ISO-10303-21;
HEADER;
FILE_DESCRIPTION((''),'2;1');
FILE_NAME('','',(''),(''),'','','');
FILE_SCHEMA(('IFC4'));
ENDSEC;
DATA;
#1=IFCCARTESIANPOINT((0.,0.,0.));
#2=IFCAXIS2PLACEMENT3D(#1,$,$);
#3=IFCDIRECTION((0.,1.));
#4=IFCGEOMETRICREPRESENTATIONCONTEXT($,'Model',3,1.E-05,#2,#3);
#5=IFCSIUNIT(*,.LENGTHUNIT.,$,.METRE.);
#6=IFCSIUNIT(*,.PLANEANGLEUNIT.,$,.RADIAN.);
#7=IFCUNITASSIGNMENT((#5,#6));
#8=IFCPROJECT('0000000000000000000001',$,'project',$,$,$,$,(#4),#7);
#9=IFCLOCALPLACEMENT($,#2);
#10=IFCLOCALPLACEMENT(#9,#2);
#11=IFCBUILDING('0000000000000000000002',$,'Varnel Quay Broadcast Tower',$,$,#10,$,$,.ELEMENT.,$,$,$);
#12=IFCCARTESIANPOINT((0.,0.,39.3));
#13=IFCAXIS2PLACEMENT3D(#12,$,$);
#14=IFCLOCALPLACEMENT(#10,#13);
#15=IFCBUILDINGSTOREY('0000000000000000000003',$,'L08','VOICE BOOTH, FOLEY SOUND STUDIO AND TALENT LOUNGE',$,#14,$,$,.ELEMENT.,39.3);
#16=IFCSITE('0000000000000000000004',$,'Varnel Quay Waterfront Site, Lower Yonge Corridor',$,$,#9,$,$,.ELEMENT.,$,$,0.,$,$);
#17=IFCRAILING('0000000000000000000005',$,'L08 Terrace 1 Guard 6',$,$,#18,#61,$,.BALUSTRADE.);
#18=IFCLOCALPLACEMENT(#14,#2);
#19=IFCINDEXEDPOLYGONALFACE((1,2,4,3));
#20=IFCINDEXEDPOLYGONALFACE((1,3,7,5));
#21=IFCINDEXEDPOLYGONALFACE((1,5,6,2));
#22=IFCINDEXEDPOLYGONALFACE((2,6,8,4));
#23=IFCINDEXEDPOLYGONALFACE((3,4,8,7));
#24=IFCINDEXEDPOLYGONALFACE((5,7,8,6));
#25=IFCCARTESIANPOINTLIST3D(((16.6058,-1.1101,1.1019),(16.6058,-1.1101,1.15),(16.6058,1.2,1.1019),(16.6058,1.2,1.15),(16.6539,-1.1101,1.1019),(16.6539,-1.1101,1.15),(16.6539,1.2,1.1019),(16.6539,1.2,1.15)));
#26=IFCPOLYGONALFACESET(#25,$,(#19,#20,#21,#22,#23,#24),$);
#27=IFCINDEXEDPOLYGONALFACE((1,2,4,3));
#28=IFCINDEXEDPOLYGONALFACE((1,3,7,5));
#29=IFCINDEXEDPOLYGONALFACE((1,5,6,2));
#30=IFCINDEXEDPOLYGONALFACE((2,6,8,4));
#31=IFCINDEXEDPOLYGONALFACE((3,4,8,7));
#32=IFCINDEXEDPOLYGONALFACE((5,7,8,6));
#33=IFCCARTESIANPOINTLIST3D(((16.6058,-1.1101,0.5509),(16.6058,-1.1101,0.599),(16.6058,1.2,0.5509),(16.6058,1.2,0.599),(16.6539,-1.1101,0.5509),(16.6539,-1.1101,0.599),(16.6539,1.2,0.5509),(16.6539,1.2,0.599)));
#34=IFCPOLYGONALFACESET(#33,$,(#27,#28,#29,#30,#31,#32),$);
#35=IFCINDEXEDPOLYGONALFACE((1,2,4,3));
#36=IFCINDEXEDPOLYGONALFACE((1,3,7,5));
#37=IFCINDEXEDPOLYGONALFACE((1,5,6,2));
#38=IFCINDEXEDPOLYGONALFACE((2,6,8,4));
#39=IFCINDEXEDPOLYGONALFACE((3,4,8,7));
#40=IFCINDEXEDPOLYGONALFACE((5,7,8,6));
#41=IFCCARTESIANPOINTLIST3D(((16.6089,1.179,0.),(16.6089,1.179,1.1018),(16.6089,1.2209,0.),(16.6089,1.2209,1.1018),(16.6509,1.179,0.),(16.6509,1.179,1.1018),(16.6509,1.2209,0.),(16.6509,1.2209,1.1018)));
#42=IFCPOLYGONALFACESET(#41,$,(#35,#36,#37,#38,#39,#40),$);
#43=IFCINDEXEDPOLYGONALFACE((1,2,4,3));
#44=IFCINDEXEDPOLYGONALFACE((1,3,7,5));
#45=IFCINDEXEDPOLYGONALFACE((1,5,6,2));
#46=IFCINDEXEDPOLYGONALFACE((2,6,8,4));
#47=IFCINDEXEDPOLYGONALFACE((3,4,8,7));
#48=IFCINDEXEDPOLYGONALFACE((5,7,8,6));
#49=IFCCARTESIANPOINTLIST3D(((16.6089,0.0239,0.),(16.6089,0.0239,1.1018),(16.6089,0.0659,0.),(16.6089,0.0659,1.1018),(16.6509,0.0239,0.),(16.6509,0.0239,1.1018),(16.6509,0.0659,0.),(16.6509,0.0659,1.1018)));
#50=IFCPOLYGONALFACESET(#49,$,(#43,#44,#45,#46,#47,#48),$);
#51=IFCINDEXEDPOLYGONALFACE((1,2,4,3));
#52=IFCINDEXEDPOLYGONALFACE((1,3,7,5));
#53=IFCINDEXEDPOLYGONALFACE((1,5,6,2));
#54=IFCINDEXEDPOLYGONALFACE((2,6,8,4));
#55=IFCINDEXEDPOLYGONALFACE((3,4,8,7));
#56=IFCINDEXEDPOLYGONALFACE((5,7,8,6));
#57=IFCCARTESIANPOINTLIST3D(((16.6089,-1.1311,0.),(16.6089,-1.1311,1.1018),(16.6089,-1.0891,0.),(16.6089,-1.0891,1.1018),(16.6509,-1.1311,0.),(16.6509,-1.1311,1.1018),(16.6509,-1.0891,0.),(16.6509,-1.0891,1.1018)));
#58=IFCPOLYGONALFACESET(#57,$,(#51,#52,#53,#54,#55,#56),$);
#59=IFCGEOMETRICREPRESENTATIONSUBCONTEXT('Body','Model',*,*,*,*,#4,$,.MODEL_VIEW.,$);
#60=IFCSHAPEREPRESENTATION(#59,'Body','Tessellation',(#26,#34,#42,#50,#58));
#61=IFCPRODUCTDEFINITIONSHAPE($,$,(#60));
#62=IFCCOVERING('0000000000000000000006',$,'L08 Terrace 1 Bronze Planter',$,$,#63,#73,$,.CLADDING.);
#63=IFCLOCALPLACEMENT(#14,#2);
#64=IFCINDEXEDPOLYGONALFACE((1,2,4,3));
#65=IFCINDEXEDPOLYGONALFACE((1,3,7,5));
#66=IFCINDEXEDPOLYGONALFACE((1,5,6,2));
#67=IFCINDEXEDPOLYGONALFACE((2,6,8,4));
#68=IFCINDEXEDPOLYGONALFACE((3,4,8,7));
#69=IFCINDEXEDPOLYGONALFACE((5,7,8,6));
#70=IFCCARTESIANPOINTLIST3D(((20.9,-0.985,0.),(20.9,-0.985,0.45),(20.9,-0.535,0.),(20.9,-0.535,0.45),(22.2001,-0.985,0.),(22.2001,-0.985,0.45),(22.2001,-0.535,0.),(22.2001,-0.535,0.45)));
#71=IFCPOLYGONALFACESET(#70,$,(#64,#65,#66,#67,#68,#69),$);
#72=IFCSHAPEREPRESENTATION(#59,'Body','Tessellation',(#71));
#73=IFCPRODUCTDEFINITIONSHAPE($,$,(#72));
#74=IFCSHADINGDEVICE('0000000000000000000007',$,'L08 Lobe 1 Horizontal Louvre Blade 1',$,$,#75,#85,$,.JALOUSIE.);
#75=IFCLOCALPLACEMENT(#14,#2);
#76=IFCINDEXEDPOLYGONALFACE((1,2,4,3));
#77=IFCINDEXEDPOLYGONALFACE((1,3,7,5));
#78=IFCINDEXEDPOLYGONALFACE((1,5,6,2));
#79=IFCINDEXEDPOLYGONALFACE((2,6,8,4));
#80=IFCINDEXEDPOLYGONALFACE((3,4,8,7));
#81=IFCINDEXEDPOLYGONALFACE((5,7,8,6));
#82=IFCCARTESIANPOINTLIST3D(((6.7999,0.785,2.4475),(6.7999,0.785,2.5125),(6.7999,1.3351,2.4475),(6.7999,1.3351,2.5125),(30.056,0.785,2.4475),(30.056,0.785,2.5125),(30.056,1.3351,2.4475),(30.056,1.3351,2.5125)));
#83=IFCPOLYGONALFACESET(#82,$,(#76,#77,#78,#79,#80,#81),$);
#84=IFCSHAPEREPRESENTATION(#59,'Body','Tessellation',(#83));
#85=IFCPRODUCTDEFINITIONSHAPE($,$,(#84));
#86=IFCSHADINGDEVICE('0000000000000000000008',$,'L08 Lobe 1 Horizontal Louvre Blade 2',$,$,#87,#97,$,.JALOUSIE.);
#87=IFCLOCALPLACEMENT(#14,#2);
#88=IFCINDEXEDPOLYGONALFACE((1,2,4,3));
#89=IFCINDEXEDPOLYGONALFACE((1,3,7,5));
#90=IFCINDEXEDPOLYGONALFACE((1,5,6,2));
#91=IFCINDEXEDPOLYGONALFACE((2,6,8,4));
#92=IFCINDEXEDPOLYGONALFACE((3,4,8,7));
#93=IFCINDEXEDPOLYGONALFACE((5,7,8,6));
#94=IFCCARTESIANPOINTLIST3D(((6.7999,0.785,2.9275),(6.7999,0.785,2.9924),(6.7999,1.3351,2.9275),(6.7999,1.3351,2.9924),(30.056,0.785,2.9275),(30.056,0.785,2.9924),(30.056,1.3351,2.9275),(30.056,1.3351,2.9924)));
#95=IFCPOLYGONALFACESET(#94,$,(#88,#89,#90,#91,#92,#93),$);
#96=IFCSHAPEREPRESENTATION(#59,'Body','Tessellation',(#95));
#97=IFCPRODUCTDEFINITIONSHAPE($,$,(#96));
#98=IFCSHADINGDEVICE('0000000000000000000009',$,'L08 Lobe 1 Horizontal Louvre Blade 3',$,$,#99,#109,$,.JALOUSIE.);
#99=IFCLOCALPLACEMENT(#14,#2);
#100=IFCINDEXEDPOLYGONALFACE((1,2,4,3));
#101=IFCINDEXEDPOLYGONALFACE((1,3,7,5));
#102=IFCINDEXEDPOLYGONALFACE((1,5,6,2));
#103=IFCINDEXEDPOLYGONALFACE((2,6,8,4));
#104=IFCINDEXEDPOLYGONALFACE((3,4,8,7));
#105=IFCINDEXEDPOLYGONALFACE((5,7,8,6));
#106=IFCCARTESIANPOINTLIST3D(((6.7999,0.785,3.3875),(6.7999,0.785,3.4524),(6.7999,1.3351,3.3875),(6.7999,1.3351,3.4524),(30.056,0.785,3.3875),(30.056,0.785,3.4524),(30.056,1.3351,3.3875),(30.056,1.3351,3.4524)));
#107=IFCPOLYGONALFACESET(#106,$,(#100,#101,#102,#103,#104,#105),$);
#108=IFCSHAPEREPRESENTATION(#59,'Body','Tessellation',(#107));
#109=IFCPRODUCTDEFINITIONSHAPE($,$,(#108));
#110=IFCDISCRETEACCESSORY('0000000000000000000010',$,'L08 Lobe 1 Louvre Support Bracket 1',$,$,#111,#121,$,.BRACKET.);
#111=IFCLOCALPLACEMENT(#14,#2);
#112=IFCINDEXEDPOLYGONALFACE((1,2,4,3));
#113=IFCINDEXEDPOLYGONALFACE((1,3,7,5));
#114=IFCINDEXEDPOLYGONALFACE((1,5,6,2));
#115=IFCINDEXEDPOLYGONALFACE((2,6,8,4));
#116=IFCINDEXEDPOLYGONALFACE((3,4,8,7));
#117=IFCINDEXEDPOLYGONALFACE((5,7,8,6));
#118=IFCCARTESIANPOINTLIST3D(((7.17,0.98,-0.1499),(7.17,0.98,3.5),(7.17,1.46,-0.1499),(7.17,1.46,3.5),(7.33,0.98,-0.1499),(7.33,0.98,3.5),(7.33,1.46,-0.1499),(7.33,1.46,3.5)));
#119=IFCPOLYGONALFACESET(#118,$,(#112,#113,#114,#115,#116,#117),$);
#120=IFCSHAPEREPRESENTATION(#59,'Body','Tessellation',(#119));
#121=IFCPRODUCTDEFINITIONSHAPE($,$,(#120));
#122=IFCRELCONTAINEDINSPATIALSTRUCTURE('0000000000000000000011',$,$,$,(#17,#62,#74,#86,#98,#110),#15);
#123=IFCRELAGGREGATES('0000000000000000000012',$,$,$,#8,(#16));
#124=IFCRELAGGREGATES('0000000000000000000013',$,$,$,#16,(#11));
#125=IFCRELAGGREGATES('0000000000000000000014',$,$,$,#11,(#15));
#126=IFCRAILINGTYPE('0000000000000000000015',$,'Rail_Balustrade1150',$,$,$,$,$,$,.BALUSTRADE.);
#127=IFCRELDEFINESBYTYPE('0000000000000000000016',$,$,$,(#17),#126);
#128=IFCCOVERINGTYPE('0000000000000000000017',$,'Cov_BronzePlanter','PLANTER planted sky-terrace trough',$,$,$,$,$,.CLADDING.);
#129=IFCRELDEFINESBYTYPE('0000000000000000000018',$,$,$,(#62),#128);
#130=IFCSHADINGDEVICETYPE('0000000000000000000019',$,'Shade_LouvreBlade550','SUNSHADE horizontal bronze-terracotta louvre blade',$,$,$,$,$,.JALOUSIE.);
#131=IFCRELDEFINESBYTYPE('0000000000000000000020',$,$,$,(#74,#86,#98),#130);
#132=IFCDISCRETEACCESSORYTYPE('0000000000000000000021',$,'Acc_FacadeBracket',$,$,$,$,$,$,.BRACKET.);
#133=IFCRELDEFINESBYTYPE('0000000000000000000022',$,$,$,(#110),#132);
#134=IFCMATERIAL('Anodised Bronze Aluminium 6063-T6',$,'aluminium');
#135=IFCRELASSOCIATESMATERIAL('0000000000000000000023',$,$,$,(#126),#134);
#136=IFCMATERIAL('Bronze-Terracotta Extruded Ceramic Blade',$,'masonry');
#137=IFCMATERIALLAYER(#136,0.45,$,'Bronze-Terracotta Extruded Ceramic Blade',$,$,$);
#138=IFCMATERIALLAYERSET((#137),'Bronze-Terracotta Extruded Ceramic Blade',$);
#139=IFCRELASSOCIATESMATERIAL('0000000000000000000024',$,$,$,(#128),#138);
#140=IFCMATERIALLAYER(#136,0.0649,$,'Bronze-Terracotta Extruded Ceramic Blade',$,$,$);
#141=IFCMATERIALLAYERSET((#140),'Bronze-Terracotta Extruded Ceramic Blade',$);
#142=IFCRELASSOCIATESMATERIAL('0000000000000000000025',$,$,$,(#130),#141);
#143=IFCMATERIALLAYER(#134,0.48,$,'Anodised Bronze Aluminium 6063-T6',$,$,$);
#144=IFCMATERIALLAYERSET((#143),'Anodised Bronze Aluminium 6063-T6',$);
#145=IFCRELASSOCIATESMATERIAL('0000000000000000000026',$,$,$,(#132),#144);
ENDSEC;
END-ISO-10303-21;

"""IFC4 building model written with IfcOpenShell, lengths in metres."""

from ifc_helpers import new_model, si_unit, direction, frame, origin, origin_2d, place, context, subcontext, project, spatial, rectangle, extrude, source, transform, mapped, material, layer, layer_set, type_object, type_shapes, element, save


model = new_model("IFC4")

# Units and contexts
model_context = context("Model", 3, precision=1e-05, world=origin(), true_north=direction((0.0, 1.0)))
body_context = subcontext(model_context, "Body", "Model", "MODEL_VIEW")
ifc_project = project(units=[si_unit("LENGTHUNIT", "METRE"), si_unit("PLANEANGLEUNIT", "RADIAN")], contexts=[model_context])

# Site, building, storey
site_placement = place(None, origin())
site = spatial("IfcSite", under=ifc_project, at=site_placement, Name="Varnel Quay Waterfront Site, Lower Yonge Corridor", CompositionType="ELEMENT", RefElevation=0.0)
building_placement = place(site_placement, origin())
building = spatial("IfcBuilding", under=site, at=building_placement, Name="Varnel Quay Broadcast Tower", CompositionType="ELEMENT")
storey_placement = place(building_placement, frame((0.0, 0.0, 39.3)))
storey = spatial("IfcBuildingStorey", under=building, at=storey_placement, Name="L08", Description="VOICE BOOTH, FOLEY SOUND STUDIO AND TALENT LOUNGE", CompositionType="ELEMENT", Elevation=39.3)

# Shared definitions
ifc_material_1 = material(Name="Anodised Bronze Aluminium 6063-T6", Category="aluminium")

# Railing
railing_type = type_object("IfcRailingType", Name="Rail_Balustrade1150", PredefinedType="BALUSTRADE", material=ifc_material_1)
railing_1_placement = place(storey_placement, frame((16.6299, 1.2, 0.0)))
element("IfcRailing", 1, at=railing_1_placement, inside=storey, type_object=railing_type, Name="L08 Terrace 1 Guard 6", PredefinedType="BALUSTRADE", context=body_context, shape_type="SweptSolid", body=[
    extrude(rectangle(XDim=0.0481, YDim=0.0481, at=origin_2d()), frame((0.0, 0.0, 1.126), z_axis=(0.0, -1.0, 0.0), x_axis=(1.0, 0.0, 0.0)), (0.0, 0.0, 1.0), 2.3101),
    extrude(rectangle(XDim=0.0481, YDim=0.0481, at=origin_2d()), frame((0.0, 0.0, 0.575), z_axis=(0.0, -1.0, 0.0), x_axis=(1.0, 0.0, 0.0)), (0.0, 0.0, 1.0), 2.3101),
    extrude(rectangle(XDim=0.042, YDim=0.042, at=origin_2d()), origin(), (0.0, 0.0, 1.0), 1.1018),
    extrude(rectangle(XDim=0.042, YDim=0.042, at=origin_2d()), frame((0.0, -1.155, 0.0)), (0.0, 0.0, 1.0), 1.1018),
    extrude(rectangle(XDim=0.042, YDim=0.042, at=origin_2d()), frame((0.0, -2.3101, 0.0)), (0.0, 0.0, 1.0), 1.1018),
])

# Covering
ifc_material_2 = material(Name="Bronze-Terracotta Extruded Ceramic Blade", Category="masonry")
ifc_layer_1 = layer(ifc_material_2, 0.45, Name="Bronze-Terracotta Extruded Ceramic Blade")
ifc_layer_set_1 = layer_set([ifc_layer_1], Name="Bronze-Terracotta Extruded Ceramic Blade")
covering_type = type_object("IfcCoveringType", Name="Cov_BronzePlanter", Description="PLANTER planted sky-terrace trough", PredefinedType="CLADDING", material=ifc_layer_set_1)
shared_shape_1 = source(origin(), body_context, "Body", "SweptSolid", [
    extrude(rectangle(XDim=1.3, YDim=0.45, at=origin_2d()), origin(), (0.0, 0.0, 1.0), 0.45),
])
type_shapes(covering_type, [shared_shape_1])
covering_placement = place(storey_placement, frame((21.55, -0.76, 0.0), z_axis=(0.0, 0.0, 1.0), x_axis=(1.0, 0.0, 0.0)))
element("IfcCovering", 2, at=covering_placement, inside=storey, type_object=covering_type, Name="L08 Terrace 1 Bronze Planter", PredefinedType="CLADDING", context=body_context, shape_type="MappedRepresentation", body=[
    mapped(shared_shape_1, transform((0.0, 0.0, 0.0), x_axis=(1.0, 0.0, 0.0), y_axis=(0.0, 1.0, 0.0), z_axis=(0.0, 0.0, 1.0), scale=1.0)),
])

# Shading devices
ifc_layer_2 = layer(ifc_material_2, 0.0649, Name="Bronze-Terracotta Extruded Ceramic Blade")
ifc_layer_set_2 = layer_set([ifc_layer_2], Name="Bronze-Terracotta Extruded Ceramic Blade")
shading_device_type = type_object("IfcShadingDeviceType", Name="Shade_LouvreBlade550", Description="SUNSHADE horizontal bronze-terracotta louvre blade", PredefinedType="JALOUSIE", material=ifc_layer_set_2)
shared_shape_2 = source(origin(), body_context, "Body", "SweptSolid", [
    extrude(rectangle(XDim=23.2561, YDim=0.55, at=origin_2d()), origin(), (0.0, 0.0, 1.0), 0.0649),
])
type_shapes(shading_device_type, [shared_shape_2])
for number, where, z_axis, x_axis, name in (
    (3, (18.428, 1.0601, 2.4475), (0.0, 0.0, 1.0), (1.0, 0.0, 0.0), "L08 Lobe 1 Horizontal Louvre Blade 1"),
    (4, (18.428, 1.0601, 2.9275), (0.0, 0.0, 1.0), (1.0, 0.0, 0.0), "L08 Lobe 1 Horizontal Louvre Blade 2"),
    (5, (18.428, 1.0601, 3.3875), (0.0, 0.0, 1.0), (1.0, 0.0, 0.0), "L08 Lobe 1 Horizontal Louvre Blade 3"),
):
    element("IfcShadingDevice", number, at=place(storey_placement, frame(where, z_axis=z_axis, x_axis=x_axis)), inside=storey, type_object=shading_device_type, Name=name, PredefinedType="JALOUSIE", context=body_context, shape_type="MappedRepresentation", body=[
        mapped(shared_shape_2, transform((0.0, 0.0, 0.0), x_axis=(1.0, 0.0, 0.0), y_axis=(0.0, 1.0, 0.0), z_axis=(0.0, 0.0, 1.0), scale=1.0)),
    ])

# Discrete accessory
ifc_layer_3 = layer(ifc_material_1, 0.48, Name="Anodised Bronze Aluminium 6063-T6")
ifc_layer_set_3 = layer_set([ifc_layer_3], Name="Anodised Bronze Aluminium 6063-T6")
discrete_accessory_type = type_object("IfcDiscreteAccessoryType", Name="Acc_FacadeBracket", PredefinedType="BRACKET", material=ifc_layer_set_3)
shared_shape_3 = source(origin(), body_context, "Body", "SweptSolid", [
    extrude(rectangle(XDim=0.1599, YDim=0.48, at=origin_2d()), origin(), (0.0, 0.0, 1.0), 3.6499),
])
type_shapes(discrete_accessory_type, [shared_shape_3])
discrete_accessory_placement = place(storey_placement, frame((7.25, 1.22, -0.1499), z_axis=(0.0, 0.0, 1.0), x_axis=(1.0, 0.0, 0.0)))
element("IfcDiscreteAccessory", 6, at=discrete_accessory_placement, inside=storey, type_object=discrete_accessory_type, Name="L08 Lobe 1 Louvre Support Bracket 1", PredefinedType="BRACKET", context=body_context, shape_type="MappedRepresentation", body=[
    mapped(shared_shape_3, transform((0.0, 0.0, 0.0), x_axis=(1.0, 0.0, 0.0), y_axis=(0.0, 1.0, 0.0), z_axis=(0.0, 0.0, 1.0), scale=1.0)),
])

save(model, "model.ifc")
